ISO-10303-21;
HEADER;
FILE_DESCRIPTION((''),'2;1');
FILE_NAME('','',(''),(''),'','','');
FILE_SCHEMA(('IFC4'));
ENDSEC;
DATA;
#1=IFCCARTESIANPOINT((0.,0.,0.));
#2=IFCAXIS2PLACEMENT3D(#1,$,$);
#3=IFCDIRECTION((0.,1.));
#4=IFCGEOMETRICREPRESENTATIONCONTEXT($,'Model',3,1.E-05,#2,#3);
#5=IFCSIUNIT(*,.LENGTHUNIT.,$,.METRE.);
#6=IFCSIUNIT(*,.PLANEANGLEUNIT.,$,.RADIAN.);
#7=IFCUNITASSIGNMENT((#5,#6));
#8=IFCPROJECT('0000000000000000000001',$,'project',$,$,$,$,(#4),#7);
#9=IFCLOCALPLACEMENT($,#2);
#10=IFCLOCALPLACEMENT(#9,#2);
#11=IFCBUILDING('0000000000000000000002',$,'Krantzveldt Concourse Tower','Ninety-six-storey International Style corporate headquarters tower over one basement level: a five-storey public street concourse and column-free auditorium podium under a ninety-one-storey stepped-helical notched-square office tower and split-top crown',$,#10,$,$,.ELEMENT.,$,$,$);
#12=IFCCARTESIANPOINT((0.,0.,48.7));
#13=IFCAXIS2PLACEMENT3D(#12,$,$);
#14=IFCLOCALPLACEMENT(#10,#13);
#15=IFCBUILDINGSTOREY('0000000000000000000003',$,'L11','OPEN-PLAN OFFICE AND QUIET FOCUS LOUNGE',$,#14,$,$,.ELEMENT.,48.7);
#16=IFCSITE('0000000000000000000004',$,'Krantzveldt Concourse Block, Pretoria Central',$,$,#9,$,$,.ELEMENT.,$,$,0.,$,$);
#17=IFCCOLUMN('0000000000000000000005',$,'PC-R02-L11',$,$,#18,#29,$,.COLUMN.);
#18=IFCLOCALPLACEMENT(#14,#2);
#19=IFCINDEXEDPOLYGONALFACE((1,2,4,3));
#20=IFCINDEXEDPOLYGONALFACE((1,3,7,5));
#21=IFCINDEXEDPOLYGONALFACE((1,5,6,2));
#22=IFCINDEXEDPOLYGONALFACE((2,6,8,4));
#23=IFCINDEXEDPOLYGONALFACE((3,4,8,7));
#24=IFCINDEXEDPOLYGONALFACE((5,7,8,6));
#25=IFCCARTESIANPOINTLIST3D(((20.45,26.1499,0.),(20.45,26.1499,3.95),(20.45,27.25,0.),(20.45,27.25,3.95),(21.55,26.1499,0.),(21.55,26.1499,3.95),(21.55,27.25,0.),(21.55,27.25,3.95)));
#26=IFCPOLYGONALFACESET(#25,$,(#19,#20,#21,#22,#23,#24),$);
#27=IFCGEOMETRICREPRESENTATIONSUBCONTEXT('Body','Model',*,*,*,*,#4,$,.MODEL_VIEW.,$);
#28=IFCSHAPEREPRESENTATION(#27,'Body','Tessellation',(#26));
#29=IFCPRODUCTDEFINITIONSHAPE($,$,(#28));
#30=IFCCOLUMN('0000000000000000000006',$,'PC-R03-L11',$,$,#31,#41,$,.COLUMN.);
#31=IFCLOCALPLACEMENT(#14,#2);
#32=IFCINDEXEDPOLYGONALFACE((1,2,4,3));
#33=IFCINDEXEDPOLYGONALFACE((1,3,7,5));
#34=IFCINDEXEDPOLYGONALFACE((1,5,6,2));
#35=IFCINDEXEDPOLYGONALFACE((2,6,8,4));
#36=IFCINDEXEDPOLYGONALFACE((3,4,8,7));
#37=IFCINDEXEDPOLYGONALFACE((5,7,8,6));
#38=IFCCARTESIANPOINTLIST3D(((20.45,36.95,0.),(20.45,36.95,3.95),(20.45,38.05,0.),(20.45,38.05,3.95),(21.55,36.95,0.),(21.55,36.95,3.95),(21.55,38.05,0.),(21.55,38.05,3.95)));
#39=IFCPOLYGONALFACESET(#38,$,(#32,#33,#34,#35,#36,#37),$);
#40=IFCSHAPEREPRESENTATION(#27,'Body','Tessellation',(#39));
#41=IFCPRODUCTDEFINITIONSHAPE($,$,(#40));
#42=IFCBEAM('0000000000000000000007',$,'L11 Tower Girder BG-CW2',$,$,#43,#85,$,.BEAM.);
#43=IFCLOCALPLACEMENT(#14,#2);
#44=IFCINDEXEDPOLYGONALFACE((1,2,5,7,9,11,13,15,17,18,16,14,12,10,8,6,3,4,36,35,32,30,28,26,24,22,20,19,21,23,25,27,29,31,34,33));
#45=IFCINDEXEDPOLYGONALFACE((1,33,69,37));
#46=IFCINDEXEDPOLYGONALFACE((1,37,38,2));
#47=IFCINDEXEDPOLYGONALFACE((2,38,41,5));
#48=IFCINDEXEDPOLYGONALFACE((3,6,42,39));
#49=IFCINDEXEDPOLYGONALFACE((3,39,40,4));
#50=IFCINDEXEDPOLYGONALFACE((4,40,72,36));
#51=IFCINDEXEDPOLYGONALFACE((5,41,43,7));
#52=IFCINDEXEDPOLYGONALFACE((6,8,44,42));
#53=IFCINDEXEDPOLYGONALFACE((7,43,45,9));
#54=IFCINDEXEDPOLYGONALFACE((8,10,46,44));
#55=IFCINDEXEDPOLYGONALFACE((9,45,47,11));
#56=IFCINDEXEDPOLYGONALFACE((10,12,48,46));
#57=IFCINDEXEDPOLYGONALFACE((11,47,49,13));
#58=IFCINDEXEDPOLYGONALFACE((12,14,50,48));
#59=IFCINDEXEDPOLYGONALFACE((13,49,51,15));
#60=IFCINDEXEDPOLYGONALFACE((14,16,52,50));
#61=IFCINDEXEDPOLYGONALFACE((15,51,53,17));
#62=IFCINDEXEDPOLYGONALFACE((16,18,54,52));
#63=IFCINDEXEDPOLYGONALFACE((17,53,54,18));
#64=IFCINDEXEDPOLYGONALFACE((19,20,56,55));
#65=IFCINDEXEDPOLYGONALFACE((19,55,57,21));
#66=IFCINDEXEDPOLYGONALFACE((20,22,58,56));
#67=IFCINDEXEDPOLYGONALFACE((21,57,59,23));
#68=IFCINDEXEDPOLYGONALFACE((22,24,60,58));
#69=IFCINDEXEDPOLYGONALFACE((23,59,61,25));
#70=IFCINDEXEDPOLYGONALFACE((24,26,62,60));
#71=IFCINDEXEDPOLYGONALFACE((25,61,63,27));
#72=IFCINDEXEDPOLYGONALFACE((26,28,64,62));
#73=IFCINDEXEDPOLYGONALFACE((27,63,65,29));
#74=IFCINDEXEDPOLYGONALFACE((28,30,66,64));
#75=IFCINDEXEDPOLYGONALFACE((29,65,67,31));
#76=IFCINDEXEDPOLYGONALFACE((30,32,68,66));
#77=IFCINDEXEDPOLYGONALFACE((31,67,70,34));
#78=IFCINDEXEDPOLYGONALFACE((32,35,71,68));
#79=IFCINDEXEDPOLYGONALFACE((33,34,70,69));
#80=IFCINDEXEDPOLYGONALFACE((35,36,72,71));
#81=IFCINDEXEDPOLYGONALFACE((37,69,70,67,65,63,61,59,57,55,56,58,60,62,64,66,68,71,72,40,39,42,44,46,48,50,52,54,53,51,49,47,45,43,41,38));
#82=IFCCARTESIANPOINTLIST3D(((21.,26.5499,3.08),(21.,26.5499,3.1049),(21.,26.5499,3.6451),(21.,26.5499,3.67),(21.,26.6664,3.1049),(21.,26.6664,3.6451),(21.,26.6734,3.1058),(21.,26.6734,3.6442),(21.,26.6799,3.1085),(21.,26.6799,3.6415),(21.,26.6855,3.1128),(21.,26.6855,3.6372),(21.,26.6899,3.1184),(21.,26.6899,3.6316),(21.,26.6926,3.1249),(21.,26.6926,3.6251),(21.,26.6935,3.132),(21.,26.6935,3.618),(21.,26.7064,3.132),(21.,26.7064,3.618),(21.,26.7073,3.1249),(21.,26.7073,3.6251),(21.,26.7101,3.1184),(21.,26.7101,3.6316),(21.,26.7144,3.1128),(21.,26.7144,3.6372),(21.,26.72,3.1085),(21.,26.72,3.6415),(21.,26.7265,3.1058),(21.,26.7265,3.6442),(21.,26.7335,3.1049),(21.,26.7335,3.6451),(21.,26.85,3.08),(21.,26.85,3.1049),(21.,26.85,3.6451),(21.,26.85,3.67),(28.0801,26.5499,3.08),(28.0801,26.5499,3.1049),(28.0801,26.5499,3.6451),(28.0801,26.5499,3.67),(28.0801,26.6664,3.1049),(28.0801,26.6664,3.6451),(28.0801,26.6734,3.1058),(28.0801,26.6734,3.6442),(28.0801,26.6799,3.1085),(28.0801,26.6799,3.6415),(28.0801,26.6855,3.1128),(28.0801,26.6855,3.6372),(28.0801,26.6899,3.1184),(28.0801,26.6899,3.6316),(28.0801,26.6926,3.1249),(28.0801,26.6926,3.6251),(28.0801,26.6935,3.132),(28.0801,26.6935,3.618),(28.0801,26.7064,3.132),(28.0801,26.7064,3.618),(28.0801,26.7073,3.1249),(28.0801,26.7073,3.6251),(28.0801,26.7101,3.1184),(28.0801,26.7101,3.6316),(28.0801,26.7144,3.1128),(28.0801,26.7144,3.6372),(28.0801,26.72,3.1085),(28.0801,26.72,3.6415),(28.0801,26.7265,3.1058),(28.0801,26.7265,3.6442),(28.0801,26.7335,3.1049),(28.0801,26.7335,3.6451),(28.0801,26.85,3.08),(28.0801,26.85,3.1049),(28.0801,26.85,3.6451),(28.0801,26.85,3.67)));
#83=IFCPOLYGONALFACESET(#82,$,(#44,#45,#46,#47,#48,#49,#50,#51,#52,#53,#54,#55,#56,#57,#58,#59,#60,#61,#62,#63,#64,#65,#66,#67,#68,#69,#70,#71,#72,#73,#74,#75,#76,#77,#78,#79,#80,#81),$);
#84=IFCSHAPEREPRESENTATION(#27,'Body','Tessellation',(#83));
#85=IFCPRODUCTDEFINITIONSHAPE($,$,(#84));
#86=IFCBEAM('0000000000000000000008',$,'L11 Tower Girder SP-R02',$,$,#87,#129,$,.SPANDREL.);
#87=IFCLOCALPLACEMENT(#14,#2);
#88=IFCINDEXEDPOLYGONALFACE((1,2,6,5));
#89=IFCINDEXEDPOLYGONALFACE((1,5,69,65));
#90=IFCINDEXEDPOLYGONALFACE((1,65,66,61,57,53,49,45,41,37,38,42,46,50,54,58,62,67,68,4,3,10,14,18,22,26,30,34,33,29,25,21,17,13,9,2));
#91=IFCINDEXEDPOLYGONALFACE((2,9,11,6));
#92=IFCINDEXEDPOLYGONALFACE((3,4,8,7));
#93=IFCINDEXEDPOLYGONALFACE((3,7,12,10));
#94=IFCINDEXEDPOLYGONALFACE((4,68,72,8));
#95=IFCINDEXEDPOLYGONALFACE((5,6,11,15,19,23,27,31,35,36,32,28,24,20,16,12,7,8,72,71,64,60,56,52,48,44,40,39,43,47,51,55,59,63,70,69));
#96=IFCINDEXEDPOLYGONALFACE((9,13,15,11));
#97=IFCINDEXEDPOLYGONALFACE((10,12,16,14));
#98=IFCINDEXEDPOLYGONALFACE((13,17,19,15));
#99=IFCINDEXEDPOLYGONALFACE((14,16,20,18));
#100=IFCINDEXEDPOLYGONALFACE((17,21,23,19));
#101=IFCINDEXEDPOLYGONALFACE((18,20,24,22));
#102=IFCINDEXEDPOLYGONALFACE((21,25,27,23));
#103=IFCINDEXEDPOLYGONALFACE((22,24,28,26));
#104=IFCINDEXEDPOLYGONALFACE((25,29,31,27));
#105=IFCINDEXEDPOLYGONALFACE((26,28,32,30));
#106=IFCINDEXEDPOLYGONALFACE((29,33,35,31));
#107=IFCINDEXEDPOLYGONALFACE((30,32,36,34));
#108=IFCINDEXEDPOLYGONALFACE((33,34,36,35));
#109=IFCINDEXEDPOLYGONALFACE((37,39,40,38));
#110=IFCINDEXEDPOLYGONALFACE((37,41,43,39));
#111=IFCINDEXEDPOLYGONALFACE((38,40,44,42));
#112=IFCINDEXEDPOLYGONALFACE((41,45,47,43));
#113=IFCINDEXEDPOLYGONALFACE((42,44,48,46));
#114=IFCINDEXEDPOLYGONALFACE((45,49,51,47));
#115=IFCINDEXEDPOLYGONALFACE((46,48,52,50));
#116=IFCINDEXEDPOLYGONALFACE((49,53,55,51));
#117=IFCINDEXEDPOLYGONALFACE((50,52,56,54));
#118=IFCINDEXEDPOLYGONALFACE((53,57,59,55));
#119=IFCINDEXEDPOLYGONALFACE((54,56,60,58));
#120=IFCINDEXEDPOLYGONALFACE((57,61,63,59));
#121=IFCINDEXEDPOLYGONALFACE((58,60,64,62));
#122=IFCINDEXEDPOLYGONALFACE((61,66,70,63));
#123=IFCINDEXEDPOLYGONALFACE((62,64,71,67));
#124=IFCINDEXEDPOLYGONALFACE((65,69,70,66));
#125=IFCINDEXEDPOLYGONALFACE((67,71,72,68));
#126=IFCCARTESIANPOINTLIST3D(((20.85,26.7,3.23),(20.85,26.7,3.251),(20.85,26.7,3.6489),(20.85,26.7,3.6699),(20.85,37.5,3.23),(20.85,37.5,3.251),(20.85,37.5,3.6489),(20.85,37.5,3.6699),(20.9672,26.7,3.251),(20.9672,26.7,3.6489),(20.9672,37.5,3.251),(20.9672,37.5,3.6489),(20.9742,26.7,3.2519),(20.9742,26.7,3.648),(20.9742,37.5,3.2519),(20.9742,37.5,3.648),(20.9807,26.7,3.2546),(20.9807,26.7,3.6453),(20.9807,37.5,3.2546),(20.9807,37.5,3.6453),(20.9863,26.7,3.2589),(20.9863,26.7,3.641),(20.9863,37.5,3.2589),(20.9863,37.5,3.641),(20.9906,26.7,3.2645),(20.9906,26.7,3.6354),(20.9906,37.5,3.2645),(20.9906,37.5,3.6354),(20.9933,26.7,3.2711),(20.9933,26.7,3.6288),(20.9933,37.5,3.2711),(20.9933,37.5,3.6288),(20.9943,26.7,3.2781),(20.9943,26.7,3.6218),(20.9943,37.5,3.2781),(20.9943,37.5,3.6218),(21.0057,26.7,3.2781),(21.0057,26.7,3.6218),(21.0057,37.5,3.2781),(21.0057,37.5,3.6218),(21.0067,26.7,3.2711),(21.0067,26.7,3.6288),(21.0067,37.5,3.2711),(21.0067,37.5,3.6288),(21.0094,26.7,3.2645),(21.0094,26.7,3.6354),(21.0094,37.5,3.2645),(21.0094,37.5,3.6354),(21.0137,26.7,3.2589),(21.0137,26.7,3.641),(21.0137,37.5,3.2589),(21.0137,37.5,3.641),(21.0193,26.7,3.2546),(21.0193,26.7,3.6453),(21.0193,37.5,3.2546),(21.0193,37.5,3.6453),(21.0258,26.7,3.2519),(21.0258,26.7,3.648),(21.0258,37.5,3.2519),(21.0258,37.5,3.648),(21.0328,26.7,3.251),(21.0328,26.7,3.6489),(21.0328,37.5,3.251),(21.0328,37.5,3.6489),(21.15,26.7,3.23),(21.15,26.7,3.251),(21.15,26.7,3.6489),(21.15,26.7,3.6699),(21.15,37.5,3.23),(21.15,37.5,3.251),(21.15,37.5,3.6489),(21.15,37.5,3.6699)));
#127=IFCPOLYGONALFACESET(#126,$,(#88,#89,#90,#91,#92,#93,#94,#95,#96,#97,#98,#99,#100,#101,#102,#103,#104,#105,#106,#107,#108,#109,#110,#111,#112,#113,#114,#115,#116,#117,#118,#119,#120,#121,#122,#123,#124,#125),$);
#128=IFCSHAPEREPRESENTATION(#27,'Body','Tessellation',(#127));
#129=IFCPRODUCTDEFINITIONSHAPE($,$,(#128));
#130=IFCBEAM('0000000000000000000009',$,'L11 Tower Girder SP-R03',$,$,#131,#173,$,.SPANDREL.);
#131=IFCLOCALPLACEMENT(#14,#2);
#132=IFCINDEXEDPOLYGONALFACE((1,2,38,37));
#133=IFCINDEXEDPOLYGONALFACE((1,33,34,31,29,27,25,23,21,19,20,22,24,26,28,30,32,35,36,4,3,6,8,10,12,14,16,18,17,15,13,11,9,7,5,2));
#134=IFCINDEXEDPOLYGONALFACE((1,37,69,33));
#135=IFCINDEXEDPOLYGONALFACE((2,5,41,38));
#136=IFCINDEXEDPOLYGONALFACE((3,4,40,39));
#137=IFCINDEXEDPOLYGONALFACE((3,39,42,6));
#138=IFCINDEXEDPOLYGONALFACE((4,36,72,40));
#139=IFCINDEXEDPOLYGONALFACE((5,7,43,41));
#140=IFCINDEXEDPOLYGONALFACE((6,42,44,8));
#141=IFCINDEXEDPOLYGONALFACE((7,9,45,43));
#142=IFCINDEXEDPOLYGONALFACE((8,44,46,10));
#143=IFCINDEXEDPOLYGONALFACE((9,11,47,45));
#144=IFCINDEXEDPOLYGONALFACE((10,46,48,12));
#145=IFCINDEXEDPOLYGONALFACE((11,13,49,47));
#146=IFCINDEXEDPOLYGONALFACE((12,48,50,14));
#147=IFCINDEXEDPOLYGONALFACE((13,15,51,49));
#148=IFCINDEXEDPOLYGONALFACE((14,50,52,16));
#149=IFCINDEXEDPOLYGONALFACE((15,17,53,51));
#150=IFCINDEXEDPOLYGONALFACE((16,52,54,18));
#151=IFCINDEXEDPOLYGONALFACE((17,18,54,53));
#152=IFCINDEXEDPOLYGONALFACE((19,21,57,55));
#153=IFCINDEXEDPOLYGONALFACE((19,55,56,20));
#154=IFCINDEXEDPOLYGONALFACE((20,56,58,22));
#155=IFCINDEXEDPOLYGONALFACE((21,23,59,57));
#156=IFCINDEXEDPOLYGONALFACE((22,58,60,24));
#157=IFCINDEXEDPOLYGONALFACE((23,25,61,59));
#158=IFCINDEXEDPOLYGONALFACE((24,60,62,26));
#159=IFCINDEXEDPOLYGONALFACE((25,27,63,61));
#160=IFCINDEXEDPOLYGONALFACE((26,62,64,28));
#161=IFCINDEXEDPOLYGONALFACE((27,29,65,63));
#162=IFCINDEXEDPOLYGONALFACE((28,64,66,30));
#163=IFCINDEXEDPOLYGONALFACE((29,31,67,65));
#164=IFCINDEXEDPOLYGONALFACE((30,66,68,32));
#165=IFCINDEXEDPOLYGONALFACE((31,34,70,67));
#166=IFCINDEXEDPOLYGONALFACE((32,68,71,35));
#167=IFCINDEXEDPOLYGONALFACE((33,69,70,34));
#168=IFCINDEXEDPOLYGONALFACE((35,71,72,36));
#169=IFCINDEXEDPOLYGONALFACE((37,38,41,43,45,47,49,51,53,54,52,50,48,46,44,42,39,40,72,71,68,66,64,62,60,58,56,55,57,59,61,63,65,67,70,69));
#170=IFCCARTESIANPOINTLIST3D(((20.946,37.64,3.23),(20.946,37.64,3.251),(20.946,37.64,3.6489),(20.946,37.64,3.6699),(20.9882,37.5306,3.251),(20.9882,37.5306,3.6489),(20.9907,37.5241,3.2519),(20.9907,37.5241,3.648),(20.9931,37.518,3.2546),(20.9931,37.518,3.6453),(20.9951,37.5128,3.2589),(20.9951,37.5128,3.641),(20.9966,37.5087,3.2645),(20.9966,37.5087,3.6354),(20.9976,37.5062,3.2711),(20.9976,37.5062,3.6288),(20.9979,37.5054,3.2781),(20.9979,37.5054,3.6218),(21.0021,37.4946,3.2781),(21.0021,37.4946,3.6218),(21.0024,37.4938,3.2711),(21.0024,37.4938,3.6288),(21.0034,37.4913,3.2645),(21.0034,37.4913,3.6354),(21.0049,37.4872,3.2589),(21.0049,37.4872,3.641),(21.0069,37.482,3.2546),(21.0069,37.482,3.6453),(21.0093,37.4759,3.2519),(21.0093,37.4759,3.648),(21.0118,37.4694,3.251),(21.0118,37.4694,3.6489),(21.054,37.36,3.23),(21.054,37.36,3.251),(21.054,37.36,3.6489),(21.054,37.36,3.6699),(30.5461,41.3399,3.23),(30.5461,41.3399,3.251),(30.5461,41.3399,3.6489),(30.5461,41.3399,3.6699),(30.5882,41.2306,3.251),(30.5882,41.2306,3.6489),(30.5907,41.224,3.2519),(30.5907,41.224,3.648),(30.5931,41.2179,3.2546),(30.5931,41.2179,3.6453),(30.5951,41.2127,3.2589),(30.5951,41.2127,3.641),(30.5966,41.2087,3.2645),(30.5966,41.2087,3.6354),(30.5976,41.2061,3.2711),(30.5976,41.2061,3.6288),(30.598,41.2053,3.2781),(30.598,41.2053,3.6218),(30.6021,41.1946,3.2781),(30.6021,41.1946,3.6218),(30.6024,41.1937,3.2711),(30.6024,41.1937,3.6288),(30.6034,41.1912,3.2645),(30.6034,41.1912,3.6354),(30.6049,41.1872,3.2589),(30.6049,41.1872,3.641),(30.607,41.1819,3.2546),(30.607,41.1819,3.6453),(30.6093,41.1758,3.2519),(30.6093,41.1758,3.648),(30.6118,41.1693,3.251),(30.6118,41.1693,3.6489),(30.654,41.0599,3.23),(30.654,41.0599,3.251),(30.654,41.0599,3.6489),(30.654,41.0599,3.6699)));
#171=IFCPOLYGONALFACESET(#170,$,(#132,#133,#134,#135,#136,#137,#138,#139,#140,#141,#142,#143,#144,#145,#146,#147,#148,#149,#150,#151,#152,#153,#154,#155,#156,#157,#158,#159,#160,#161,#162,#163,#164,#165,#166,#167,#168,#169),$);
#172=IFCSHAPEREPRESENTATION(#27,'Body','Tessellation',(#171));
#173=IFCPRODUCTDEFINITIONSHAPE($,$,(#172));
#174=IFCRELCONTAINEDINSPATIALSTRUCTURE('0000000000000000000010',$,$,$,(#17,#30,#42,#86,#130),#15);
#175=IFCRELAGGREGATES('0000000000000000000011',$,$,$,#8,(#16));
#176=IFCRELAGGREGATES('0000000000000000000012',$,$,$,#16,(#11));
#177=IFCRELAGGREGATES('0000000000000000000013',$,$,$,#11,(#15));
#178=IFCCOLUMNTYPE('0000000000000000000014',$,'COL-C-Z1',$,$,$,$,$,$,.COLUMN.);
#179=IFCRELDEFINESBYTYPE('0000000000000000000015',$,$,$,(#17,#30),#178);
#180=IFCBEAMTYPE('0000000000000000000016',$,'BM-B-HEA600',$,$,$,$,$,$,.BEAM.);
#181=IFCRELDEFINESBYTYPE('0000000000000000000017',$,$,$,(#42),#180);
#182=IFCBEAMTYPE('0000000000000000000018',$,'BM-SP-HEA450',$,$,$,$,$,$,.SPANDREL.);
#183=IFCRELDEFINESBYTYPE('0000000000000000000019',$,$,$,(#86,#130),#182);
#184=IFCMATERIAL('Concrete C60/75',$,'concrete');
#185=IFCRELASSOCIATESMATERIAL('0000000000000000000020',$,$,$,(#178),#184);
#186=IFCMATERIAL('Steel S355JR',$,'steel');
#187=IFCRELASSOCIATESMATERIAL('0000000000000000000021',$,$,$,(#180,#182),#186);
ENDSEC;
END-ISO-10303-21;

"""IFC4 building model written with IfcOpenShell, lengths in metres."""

from ifc_helpers import new_model, si_unit, direction, frame, origin, origin_2d, place, context, subcontext, project, spatial, rectangle, i_section, extrude, source, transform, mapped, material, material_profile, profile_set, type_object, type_shapes, element, save


model = new_model("IFC4")

# Units and contexts
model_context = context("Model", 3, precision=1e-05, world=origin(), true_north=direction((0.0, 1.0)))
body_context = subcontext(model_context, "Body", "Model", "MODEL_VIEW")
ifc_project = project(units=[si_unit("LENGTHUNIT", "METRE"), si_unit("PLANEANGLEUNIT", "RADIAN")], contexts=[model_context])

# Site, building, storey
site_placement = place(None, origin())
site = spatial("IfcSite", under=ifc_project, at=site_placement, Name="Krantzveldt Concourse Block, Pretoria Central", CompositionType="ELEMENT", RefElevation=0.0)
building_placement = place(site_placement, origin())
building = spatial("IfcBuilding", under=site, at=building_placement, Name="Krantzveldt Concourse Tower", Description="Ninety-six-storey International Style corporate headquarters tower over one basement level: a five-storey public street concourse and column-free auditorium podium under a ninety-one-storey stepped-helical notched-square office tower and split-top crown", CompositionType="ELEMENT")
storey_placement = place(building_placement, frame((0.0, 0.0, 48.7)))
storey = spatial("IfcBuildingStorey", under=building, at=storey_placement, Name="L11", Description="OPEN-PLAN OFFICE AND QUIET FOCUS LOUNGE", CompositionType="ELEMENT", Elevation=48.7)

# Columns
ifc_material_1 = material(Name="Concrete C60/75", Category="concrete")
ifc_material_profile_1 = material_profile(ifc_material_1, rectangle(XDim=1.1001, YDim=1.1001, at=origin_2d()), Name="Concrete C60/75", Category="concrete")
ifc_profile_set_1 = profile_set([ifc_material_profile_1], Name="Concrete C60/75 - RC 1100x1100")
column_type = type_object("IfcColumnType", Name="COL-C-Z1", PredefinedType="COLUMN", material=ifc_profile_set_1)
shared_shape_1 = source(origin(), body_context, "Body", "SweptSolid", [
    extrude(rectangle(XDim=1.1001, YDim=1.1001, at=origin_2d()), origin(), (0.0, 0.0, 1.0), 3.95),
])
type_shapes(column_type, [shared_shape_1])
for number, where, z_axis, x_axis, name in (
    (1, (21.0, 26.7, 0.0), (0.0, 0.0, 1.0), (1.0, 0.0, 0.0), "PC-R02-L11"),
    (2, (21.0, 37.5, 0.0), (0.0, 0.0, 1.0), (1.0, 0.0, 0.0), "PC-R03-L11"),
):
    element("IfcColumn", number, at=place(storey_placement, frame(where, z_axis=z_axis, x_axis=x_axis)), inside=storey, type_object=column_type, Name=name, PredefinedType="COLUMN", context=body_context, shape_type="MappedRepresentation", body=[
        mapped(shared_shape_1, transform((0.0, 0.0, 0.0), x_axis=(1.0, 0.0, 0.0), y_axis=(0.0, 1.0, 0.0), z_axis=(0.0, 0.0, 1.0), scale=1.0)),
    ])

# Beams
ifc_material_2 = material(Name="Steel S355JR", Category="steel")
ifc_material_profile_2 = material_profile(ifc_material_2, i_section(OverallWidth=0.3, OverallDepth=0.5901, WebThickness=0.0129, FlangeThickness=0.0249, FilletRadius=0.0271, at=origin_2d()), Name="Steel S355JR", Category="steel")
ifc_profile_set_2 = profile_set([ifc_material_profile_2], Name="Steel S355JR - HEA 600")
beam_type_1 = type_object("IfcBeamType", Name="BM-B-HEA600", PredefinedType="BEAM", material=ifc_profile_set_2)
shared_shape_2 = source(origin(), body_context, "Body", "SweptSolid", [
    extrude(i_section(OverallWidth=0.3, OverallDepth=0.5901, WebThickness=0.0129, FlangeThickness=0.0249, FilletRadius=0.0271, at=origin_2d()), origin(), (0.0, 0.0, 1.0), 7.0801),
])
type_shapes(beam_type_1, [shared_shape_2])
beam_1_placement = place(storey_placement, frame((21.0, 26.7, 3.375), z_axis=(1.0, 0.0, 0.0), x_axis=(0.0, 1.0, 0.0)))
element("IfcBeam", 3, at=beam_1_placement, inside=storey, type_object=beam_type_1, Name="L11 Tower Girder BG-CW2", PredefinedType="BEAM", context=body_context, shape_type="MappedRepresentation", body=[
    mapped(shared_shape_2, transform((0.0, 0.0, 0.0), x_axis=(1.0, 0.0, 0.0), y_axis=(0.0, 1.0, 0.0), z_axis=(0.0, 0.0, 1.0), scale=1.0)),
])
ifc_material_profile_3 = material_profile(ifc_material_2, i_section(OverallWidth=0.3, OverallDepth=0.4399, WebThickness=0.0115, FlangeThickness=0.021, FilletRadius=0.0271, at=origin_2d()), Name="Steel S355JR", Category="steel")
ifc_profile_set_3 = profile_set([ifc_material_profile_3], Name="Steel S355JR - HEA 450")
beam_type_2 = type_object("IfcBeamType", Name="BM-SP-HEA450", PredefinedType="SPANDREL", material=ifc_profile_set_3)
shared_shape_3 = source(origin(), body_context, "Body", "SweptSolid", [
    extrude(i_section(OverallWidth=0.3, OverallDepth=0.4399, WebThickness=0.0115, FlangeThickness=0.021, FilletRadius=0.0271, at=origin_2d()), origin(), (0.0, 0.0, 1.0), 10.8),
])
beam_2_placement = place(storey_placement, frame((21.0, 26.7, 3.45), z_axis=(0.0, 1.0, 0.0), x_axis=(-1.0, 0.0, 0.0)))
element("IfcBeam", 4, at=beam_2_placement, inside=storey, type_object=beam_type_2, Name="L11 Tower Girder SP-R02", PredefinedType="SPANDREL", context=body_context, shape_type="MappedRepresentation", body=[
    mapped(shared_shape_3, transform((0.0, 0.0, 0.0), x_axis=(1.0, 0.0, 0.0), y_axis=(0.0, 1.0, 0.0), z_axis=(0.0, 0.0, 1.0), scale=1.0)),
])
shared_shape_4 = source(origin(), body_context, "Body", "SweptSolid", [
    extrude(i_section(OverallWidth=0.3, OverallDepth=0.4399, WebThickness=0.0115, FlangeThickness=0.021, FilletRadius=0.0271, at=origin_2d()), origin(), (0.0, 0.0, 1.0), 10.2883),
])
type_shapes(beam_type_2, [shared_shape_3, shared_shape_4])
beam_3_placement = place(storey_placement, frame((21.0, 37.5, 3.45), z_axis=(0.933098, 0.359623, 0.0), x_axis=(-0.359623, 0.933098, 0.0)))
element("IfcBeam", 5, at=beam_3_placement, inside=storey, type_object=beam_type_2, Name="L11 Tower Girder SP-R03", PredefinedType="SPANDREL", context=body_context, shape_type="MappedRepresentation", body=[
    mapped(shared_shape_4, transform((0.0, 0.0, 0.0), x_axis=(1.0, 0.0, 0.0), y_axis=(0.0, 1.0, 0.0), z_axis=(0.0, 0.0, 1.0), scale=1.0)),
])

save(model, "model.ifc")
